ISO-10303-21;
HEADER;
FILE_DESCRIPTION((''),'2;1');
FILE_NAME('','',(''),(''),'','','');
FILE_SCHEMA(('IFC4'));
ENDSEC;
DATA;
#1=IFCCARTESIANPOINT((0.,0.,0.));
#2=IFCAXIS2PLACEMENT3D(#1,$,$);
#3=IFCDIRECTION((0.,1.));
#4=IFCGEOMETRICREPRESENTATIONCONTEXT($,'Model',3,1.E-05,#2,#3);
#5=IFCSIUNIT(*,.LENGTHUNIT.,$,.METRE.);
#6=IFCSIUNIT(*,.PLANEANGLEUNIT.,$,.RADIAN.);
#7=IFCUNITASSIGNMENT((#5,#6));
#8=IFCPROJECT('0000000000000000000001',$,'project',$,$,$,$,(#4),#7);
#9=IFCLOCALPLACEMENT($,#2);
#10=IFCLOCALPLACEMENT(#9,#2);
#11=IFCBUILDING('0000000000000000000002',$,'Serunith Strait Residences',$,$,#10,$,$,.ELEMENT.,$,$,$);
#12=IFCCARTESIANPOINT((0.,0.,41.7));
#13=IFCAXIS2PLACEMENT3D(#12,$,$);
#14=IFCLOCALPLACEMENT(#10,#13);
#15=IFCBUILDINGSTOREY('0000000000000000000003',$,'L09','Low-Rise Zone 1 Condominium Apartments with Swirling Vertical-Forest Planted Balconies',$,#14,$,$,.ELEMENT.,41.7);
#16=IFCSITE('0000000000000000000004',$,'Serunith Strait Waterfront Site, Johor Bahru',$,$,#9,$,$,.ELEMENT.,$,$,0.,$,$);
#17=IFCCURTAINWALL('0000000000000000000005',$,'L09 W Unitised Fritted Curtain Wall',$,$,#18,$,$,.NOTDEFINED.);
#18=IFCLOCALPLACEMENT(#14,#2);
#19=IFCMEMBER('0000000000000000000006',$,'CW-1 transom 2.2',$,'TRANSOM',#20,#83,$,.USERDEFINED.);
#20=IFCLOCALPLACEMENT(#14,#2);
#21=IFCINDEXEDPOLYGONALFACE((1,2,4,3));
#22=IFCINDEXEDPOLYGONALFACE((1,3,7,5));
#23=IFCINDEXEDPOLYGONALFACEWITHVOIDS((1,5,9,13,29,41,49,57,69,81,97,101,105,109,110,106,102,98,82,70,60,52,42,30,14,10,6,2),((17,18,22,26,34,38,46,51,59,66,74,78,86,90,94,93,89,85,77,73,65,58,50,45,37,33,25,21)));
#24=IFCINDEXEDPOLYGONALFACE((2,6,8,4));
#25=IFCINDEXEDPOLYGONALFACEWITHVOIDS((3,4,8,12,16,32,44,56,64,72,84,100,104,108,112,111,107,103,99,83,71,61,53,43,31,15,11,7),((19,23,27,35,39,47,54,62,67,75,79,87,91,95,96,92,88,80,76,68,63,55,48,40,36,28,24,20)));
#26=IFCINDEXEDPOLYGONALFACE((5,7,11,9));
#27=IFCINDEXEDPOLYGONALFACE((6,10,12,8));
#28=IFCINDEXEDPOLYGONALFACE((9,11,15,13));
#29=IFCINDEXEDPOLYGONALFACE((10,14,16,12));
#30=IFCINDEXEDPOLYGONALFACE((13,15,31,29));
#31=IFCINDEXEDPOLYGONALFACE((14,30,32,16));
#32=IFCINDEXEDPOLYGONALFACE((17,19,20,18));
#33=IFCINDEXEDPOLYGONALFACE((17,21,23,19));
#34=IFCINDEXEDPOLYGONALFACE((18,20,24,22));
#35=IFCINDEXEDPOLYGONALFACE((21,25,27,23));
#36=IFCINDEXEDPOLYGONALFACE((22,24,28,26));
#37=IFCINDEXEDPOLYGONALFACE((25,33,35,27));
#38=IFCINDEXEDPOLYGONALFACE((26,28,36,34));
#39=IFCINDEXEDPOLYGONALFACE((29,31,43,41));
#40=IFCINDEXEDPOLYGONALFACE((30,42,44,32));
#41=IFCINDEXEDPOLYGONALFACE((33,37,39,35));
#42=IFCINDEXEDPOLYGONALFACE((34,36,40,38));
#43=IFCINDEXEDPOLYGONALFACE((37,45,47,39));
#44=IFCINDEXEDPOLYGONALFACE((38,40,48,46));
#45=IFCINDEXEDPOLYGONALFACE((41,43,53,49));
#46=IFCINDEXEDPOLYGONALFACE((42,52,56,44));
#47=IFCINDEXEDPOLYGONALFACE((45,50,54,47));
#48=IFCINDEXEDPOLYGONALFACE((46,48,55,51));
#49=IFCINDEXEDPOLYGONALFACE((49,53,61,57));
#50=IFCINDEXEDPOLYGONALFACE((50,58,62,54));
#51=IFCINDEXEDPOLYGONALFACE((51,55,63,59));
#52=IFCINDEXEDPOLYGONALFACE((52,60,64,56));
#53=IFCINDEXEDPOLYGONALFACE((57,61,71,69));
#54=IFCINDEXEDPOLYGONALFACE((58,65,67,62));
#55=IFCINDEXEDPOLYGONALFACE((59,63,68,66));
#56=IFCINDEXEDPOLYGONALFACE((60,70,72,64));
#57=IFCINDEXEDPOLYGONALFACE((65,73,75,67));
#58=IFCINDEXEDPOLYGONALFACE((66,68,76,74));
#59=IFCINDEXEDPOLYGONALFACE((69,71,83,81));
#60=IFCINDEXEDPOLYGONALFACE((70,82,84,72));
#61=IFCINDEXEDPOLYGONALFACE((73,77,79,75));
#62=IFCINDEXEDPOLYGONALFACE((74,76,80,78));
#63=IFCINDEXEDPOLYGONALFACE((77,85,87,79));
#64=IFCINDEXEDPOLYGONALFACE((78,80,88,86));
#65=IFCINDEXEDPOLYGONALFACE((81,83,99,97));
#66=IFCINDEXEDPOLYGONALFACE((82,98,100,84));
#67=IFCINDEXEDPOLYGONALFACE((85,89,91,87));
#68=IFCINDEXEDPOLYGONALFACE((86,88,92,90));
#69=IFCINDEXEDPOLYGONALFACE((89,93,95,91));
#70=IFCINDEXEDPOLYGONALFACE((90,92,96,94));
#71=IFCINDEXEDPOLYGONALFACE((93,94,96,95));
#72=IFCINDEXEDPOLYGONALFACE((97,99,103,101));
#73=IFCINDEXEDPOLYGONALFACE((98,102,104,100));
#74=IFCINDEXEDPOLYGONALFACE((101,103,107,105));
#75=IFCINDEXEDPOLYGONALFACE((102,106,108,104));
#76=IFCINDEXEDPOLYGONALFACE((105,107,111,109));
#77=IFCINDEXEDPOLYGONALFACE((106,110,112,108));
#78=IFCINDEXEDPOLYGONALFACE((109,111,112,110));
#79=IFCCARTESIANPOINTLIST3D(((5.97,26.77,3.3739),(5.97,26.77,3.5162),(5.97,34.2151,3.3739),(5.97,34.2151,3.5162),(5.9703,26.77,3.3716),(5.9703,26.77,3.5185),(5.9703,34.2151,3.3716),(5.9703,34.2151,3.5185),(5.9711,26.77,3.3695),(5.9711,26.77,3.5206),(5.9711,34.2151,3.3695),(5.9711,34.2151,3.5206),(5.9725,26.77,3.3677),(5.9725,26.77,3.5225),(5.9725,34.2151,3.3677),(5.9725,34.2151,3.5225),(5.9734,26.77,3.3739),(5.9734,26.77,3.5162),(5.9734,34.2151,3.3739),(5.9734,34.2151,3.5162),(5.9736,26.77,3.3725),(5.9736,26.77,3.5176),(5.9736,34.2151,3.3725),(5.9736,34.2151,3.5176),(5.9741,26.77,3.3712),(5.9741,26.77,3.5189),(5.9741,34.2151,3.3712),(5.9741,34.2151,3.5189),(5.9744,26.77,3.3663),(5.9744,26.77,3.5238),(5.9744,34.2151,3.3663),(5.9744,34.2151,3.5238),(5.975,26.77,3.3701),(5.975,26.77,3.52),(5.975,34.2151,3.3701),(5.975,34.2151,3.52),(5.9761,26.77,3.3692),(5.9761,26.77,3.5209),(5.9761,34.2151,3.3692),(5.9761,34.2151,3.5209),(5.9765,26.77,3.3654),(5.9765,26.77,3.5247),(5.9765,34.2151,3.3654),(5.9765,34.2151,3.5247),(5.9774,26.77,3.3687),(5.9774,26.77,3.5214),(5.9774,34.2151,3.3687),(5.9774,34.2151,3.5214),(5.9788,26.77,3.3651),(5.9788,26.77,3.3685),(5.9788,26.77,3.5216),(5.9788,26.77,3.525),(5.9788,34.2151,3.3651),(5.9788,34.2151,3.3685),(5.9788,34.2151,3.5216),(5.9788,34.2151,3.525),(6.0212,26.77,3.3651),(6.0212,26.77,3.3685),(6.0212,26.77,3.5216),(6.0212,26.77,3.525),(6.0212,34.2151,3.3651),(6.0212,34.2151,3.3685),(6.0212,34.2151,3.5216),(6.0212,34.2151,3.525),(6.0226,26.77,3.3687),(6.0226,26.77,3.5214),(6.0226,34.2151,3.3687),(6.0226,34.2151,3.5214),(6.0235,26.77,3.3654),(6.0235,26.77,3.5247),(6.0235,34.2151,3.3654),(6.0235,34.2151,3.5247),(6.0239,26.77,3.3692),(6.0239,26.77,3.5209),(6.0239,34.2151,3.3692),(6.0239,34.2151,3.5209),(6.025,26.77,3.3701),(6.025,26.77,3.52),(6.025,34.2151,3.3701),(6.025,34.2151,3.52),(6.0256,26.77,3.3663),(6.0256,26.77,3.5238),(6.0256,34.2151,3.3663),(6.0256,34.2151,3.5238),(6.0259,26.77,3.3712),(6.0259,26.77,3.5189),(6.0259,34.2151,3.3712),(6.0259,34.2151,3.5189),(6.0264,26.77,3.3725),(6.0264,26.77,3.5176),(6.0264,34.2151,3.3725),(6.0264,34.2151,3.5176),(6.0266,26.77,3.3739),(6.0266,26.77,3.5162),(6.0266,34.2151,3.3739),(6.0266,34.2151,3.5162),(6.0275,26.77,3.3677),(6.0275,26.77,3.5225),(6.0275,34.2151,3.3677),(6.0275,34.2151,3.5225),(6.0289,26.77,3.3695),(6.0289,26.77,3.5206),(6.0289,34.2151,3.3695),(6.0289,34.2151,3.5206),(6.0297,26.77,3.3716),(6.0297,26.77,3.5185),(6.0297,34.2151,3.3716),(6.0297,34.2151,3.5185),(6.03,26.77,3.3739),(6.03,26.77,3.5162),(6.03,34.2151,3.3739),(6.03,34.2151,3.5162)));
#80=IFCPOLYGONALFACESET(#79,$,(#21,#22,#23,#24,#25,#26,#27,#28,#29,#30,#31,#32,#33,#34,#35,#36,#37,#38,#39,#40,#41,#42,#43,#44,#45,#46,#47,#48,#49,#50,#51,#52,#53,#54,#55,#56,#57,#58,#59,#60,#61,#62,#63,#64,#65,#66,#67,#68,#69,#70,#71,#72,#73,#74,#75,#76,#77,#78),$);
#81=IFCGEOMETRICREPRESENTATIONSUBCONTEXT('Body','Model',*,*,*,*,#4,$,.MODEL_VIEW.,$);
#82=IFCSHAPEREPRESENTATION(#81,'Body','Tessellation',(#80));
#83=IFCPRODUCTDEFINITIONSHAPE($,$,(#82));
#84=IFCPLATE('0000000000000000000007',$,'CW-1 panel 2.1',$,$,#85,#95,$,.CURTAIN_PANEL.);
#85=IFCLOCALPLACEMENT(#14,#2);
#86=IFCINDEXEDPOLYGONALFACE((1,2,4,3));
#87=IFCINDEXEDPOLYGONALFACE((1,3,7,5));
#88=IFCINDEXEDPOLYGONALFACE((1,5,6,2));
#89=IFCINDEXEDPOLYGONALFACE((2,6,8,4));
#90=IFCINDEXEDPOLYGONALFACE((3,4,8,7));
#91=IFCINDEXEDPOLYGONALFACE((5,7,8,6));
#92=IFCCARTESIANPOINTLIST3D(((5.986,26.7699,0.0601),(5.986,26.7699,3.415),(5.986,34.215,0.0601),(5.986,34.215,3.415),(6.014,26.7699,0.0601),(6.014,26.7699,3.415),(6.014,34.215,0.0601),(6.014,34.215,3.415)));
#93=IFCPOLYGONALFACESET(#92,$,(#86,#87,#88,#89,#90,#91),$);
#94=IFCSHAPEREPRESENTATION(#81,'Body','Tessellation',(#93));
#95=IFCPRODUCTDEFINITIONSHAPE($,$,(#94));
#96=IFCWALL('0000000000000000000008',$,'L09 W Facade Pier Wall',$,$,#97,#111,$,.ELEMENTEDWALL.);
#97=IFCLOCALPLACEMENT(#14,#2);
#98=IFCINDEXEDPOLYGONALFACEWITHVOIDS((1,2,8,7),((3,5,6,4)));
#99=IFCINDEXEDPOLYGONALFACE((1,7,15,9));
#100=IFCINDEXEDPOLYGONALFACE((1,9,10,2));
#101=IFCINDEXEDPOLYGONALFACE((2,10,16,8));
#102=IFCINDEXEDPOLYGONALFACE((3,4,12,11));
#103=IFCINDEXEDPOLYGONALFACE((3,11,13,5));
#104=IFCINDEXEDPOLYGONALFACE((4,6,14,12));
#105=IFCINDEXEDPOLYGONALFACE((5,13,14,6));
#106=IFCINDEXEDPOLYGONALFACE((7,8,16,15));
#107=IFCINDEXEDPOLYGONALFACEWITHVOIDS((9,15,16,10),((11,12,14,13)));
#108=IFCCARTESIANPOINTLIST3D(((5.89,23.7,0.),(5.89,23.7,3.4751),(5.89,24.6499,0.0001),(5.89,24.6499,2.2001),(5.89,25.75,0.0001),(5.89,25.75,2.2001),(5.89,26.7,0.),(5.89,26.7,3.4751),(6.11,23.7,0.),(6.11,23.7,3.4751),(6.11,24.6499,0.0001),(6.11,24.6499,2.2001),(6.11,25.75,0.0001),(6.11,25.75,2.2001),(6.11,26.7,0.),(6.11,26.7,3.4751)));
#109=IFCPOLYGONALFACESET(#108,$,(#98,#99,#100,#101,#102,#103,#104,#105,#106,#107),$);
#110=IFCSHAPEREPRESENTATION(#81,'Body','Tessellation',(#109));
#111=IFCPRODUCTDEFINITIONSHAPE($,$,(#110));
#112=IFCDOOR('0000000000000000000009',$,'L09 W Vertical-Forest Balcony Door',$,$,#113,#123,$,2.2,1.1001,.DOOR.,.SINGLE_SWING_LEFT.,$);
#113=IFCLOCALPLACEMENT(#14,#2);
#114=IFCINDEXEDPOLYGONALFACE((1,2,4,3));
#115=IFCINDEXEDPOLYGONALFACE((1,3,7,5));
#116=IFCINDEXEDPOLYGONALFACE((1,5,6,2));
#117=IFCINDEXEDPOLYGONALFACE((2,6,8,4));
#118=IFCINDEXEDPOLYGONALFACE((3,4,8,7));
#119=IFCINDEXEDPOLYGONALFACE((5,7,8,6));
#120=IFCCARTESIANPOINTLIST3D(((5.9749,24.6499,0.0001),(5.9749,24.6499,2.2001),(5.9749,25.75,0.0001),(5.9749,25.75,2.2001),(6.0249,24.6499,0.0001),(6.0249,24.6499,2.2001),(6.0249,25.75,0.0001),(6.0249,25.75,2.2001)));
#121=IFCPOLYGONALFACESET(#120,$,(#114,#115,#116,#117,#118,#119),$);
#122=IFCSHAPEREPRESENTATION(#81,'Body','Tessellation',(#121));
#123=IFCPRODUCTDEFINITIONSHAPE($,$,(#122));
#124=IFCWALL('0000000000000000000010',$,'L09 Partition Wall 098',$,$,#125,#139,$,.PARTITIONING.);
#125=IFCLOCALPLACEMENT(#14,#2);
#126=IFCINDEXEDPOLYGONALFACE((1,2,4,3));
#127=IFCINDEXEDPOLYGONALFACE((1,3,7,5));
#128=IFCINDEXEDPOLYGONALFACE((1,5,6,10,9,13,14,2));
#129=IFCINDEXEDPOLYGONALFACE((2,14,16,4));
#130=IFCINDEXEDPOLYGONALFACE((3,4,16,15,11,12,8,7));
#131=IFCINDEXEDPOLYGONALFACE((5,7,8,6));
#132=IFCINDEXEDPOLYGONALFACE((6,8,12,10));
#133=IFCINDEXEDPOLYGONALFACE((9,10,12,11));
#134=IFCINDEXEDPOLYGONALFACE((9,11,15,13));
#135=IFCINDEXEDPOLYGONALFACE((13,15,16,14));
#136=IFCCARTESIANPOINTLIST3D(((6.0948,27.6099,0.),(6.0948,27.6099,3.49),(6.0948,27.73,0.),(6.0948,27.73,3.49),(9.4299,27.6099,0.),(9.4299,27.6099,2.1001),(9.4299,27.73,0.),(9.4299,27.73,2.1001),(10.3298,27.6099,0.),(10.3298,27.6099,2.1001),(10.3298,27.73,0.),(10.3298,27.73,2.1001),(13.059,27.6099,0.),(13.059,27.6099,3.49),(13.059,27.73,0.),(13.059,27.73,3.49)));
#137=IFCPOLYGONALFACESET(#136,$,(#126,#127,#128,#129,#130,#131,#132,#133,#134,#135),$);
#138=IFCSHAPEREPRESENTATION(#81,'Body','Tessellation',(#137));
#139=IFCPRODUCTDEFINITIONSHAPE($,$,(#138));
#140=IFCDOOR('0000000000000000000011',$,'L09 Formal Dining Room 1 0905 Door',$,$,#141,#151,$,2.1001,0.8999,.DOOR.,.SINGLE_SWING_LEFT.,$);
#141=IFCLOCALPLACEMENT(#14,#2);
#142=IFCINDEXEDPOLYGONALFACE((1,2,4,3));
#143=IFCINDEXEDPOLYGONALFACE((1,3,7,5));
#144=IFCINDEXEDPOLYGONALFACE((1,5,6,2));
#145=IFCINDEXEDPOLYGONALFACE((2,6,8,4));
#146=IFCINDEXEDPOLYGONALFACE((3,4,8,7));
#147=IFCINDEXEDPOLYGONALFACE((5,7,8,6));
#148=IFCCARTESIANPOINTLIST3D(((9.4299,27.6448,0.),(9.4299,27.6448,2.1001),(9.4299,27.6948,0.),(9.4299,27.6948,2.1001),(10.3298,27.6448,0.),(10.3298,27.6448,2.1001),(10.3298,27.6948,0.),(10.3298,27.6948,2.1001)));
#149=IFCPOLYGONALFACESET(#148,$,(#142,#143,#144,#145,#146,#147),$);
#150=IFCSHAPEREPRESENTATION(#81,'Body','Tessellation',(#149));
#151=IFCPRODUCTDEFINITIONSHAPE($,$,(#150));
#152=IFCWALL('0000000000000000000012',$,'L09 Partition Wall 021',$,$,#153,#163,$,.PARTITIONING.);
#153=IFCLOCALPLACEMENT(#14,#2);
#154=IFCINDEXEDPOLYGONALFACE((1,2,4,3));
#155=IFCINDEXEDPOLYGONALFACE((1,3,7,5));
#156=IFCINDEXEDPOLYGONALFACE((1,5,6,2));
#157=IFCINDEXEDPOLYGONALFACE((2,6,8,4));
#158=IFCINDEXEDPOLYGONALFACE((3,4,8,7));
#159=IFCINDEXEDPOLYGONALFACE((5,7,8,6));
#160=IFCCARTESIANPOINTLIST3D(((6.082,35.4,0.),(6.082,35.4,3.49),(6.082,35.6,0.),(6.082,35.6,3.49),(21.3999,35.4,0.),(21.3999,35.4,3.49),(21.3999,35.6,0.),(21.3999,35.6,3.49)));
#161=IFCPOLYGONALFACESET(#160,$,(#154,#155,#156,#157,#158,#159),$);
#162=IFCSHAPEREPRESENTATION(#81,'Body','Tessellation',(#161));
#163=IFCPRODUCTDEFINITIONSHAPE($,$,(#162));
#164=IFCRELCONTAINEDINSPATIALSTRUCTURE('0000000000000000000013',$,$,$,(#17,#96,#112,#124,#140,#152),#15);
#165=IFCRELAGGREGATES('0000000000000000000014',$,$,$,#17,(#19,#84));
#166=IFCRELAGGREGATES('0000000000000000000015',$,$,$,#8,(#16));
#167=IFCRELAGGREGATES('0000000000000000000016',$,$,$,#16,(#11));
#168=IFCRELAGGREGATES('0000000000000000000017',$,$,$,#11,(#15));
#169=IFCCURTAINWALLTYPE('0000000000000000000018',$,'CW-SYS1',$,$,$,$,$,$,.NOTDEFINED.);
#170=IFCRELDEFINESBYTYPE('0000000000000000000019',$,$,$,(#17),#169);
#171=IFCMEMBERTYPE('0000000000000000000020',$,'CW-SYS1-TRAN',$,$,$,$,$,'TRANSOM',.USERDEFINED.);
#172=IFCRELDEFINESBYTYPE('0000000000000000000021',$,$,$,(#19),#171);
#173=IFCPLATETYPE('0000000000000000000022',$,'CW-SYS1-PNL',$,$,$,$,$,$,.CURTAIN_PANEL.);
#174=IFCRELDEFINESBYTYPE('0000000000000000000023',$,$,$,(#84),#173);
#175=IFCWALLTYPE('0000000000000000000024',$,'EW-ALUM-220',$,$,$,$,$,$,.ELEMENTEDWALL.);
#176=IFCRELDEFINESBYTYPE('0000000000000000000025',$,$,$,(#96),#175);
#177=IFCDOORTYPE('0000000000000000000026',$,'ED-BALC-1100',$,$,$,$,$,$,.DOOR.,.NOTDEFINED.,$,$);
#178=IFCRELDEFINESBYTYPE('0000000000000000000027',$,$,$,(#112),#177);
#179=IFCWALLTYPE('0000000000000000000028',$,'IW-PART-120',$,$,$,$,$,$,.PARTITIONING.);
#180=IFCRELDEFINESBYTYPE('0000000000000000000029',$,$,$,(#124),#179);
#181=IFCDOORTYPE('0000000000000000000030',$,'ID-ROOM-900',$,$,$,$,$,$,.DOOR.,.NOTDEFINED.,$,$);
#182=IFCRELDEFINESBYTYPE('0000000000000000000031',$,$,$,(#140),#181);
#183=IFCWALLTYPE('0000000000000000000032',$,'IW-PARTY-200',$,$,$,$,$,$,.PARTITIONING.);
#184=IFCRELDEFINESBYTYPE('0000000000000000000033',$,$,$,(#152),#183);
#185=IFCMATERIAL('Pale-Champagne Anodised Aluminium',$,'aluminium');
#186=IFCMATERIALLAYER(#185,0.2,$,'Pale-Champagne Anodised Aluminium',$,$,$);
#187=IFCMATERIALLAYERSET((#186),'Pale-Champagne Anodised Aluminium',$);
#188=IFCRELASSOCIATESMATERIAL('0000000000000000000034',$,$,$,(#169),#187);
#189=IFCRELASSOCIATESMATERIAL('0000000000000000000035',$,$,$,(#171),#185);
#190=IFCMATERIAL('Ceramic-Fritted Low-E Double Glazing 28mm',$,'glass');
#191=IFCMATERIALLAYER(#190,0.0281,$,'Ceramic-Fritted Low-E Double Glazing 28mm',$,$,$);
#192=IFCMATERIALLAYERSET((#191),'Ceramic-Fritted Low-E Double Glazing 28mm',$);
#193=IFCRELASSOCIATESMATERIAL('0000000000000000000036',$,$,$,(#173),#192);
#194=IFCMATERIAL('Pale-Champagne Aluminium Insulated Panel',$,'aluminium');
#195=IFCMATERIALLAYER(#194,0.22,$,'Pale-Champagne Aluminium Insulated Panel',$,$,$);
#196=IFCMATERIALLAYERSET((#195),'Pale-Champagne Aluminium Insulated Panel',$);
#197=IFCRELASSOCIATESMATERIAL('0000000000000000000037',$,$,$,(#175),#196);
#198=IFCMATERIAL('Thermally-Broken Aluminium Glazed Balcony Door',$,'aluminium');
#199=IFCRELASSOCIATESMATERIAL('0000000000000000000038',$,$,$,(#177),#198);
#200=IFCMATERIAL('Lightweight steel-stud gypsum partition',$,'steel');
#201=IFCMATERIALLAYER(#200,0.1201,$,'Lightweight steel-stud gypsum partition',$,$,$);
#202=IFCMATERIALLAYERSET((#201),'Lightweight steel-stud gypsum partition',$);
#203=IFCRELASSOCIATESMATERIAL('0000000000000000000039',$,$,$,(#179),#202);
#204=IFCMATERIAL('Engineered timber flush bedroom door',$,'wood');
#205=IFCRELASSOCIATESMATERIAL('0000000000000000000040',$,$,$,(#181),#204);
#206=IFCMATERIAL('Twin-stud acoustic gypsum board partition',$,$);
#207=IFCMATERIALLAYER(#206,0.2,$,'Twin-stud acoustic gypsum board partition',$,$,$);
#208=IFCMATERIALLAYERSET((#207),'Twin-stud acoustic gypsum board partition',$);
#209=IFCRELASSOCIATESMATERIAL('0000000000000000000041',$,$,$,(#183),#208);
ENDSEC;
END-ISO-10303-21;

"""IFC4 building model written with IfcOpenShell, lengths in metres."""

from ifc_helpers import new_model, si_unit, direction, frame, frame_2d, origin, origin_2d, place, context, subcontext, project, spatial, rectangle, hollow_rectangle, extrude, source, transform, mapped, material, layer, layer_set, material_profile, profile_set, type_object, element, fill, aggregate, save


model = new_model("IFC4")

# Units and contexts
model_context = context("Model", 3, precision=1e-05, world=origin(), true_north=direction((0.0, 1.0)))
body_context = subcontext(model_context, "Body", "Model", "MODEL_VIEW")
ifc_project = project(units=[si_unit("LENGTHUNIT", "METRE"), si_unit("PLANEANGLEUNIT", "RADIAN")], contexts=[model_context])

# Site, building, storey
site_placement = place(None, origin())
site = spatial("IfcSite", under=ifc_project, at=site_placement, Name="Serunith Strait Waterfront Site, Johor Bahru", CompositionType="ELEMENT", RefElevation=0.0)
building_placement = place(site_placement, origin())
building = spatial("IfcBuilding", under=site, at=building_placement, Name="Serunith Strait Residences", CompositionType="ELEMENT")
storey_placement = place(building_placement, frame((0.0, 0.0, 41.7)))
storey = spatial("IfcBuildingStorey", under=building, at=storey_placement, Name="L09", Description="Low-Rise Zone 1 Condominium Apartments with Swirling Vertical-Forest Planted Balconies", CompositionType="ELEMENT", Elevation=41.7)

# Curtain wall, member, plate
ifc_material_1 = material(Name="Pale-Champagne Anodised Aluminium", Category="aluminium")
ifc_layer_1 = layer(ifc_material_1, 0.2, Name="Pale-Champagne Anodised Aluminium")
ifc_layer_set_1 = layer_set([ifc_layer_1], Name="Pale-Champagne Anodised Aluminium")
curtain_wall_type = type_object("IfcCurtainWallType", Name="CW-SYS1", PredefinedType="NOTDEFINED", material=ifc_layer_set_1)
curtain_wall_placement = place(storey_placement, origin())
curtain_wall = element("IfcCurtainWall", 1, at=curtain_wall_placement, inside=storey, type_object=curtain_wall_type, Name="L09 W Unitised Fritted Curtain Wall", PredefinedType="NOTDEFINED")
ifc_material_profile_1 = material_profile(ifc_material_1, hollow_rectangle(XDim=0.0601, YDim=0.1599, WallThickness=0.0034, InnerFilletRadius=0.0054, OuterFilletRadius=0.0088, at=origin_2d()), Name="ALU 160x60x3.5")
ifc_profile_set_1 = profile_set([ifc_material_profile_1], Name="Pale-Champagne Anodised Aluminium")
member_type_1 = type_object("IfcMemberType", Name="CW-SYS1-TRAN", ElementType="TRANSOM", PredefinedType="USERDEFINED", material=ifc_profile_set_1)
shared_shape_1 = source(origin(), body_context, "Body", "SweptSolid", [
    extrude(hollow_rectangle(XDim=0.0601, YDim=0.1599, WallThickness=0.0034, InnerFilletRadius=0.0054, OuterFilletRadius=0.0088, at=origin_2d()), origin(), (0.0, 0.0, 1.0), 7.4451),
])
member_1_placement = place(storey_placement, frame((6.0, 34.2151, 3.4451), z_axis=(0.0, -1.0, 0.0), x_axis=(1.0, 0.0, 0.0)))
member_1 = element("IfcMember", 2, at=member_1_placement, type_object=member_type_1, Name="CW-1 transom 2.2", ObjectType="TRANSOM", PredefinedType="USERDEFINED", context=body_context, shape_type="MappedRepresentation", body=[
    mapped(shared_shape_1, transform((0.0, 0.0, 0.0), scale=1.0)),
])
ifc_material_2 = material(Name="Ceramic-Fritted Low-E Double Glazing 28mm", Category="glass")
ifc_layer_2 = layer(ifc_material_2, 0.0281, Name="Ceramic-Fritted Low-E Double Glazing 28mm")
ifc_layer_set_2 = layer_set([ifc_layer_2], Name="Ceramic-Fritted Low-E Double Glazing 28mm")
plate_type = type_object("IfcPlateType", Name="CW-SYS1-PNL", PredefinedType="CURTAIN_PANEL", material=ifc_layer_set_2)
shared_shape_2 = source(origin(), body_context, "Body", "SweptSolid", [
    extrude(rectangle(XDim=7.4451, YDim=0.0281, at=origin_2d()), origin(), (0.0, 0.0, 1.0), 3.355),
])
plate_placement = place(storey_placement, frame((6.0, 30.4924, 0.0601), z_axis=(0.0, 0.0, 1.0), x_axis=(0.0, -1.0, 0.0)))
plate = element("IfcPlate", 3, at=plate_placement, type_object=plate_type, Name="CW-1 panel 2.1", PredefinedType="CURTAIN_PANEL", context=body_context, shape_type="MappedRepresentation", body=[
    mapped(shared_shape_2, transform((0.0, 0.0, 0.0), scale=1.0)),
])
aggregate(curtain_wall, [member_1, plate])

# Walls, openings, doors
ifc_material_3 = material(Name="Pale-Champagne Aluminium Insulated Panel", Category="aluminium")
ifc_layer_3 = layer(ifc_material_3, 0.22, Name="Pale-Champagne Aluminium Insulated Panel")
ifc_layer_set_3 = layer_set([ifc_layer_3], Name="Pale-Champagne Aluminium Insulated Panel")
wall_type_1 = type_object("IfcWallType", Name="EW-ALUM-220", PredefinedType="ELEMENTEDWALL", material=ifc_layer_set_3)
wall_1_placement = place(storey_placement, frame((6.0, 26.7, 0.0), z_axis=(0.0, 0.0, 1.0), x_axis=(0.0, -1.0, 0.0)))
wall_1 = element("IfcWall", 4, at=wall_1_placement, inside=storey, type_object=wall_type_1, Name="L09 W Facade Pier Wall", PredefinedType="ELEMENTEDWALL", context=body_context, shape_type="SweptSolid", body=[
    extrude(rectangle(XDim=3.0, YDim=0.22, at=frame_2d((1.5, 0.0))), origin(), (0.0, 0.0, 1.0), 3.4751),
])
opening_1_placement = place(wall_1_placement, frame((0.95, 0.0, 0.0)))
opening_1 = element("IfcOpeningElement", 5, at=opening_1_placement, cuts=wall_1, PredefinedType="OPENING", context=body_context, shape_type="SweptSolid", body=[
    extrude(rectangle(XDim=1.1001, YDim=2.2, at=frame_2d((0.55, 1.1001))), frame((0.0, 0.1201, 0.0), z_axis=(0.0, -1.0, 0.0), x_axis=(1.0, 0.0, 0.0)), (0.0, 0.0, 1.0), 0.24),
])
ifc_material_4 = material(Name="Thermally-Broken Aluminium Glazed Balcony Door", Category="aluminium")
door_type_1 = type_object("IfcDoorType", Name="ED-BALC-1100", OperationType="NOTDEFINED", PredefinedType="DOOR", material=ifc_material_4)
shared_shape_3 = source(origin(), body_context, "Body", "SweptSolid", [
    extrude(rectangle(XDim=1.1001, YDim=2.2, at=frame_2d((0.55, 1.1001))), frame((0.0, 0.0249, 0.0), z_axis=(0.0, -1.0, 0.0), x_axis=(1.0, 0.0, 0.0)), (0.0, 0.0, 1.0), 0.05),
])
door_1_placement = place(opening_1_placement, origin())
door_1 = element("IfcDoor", 6, at=door_1_placement, inside=storey, type_object=door_type_1, Name="L09 W Vertical-Forest Balcony Door", OperationType="SINGLE_SWING_LEFT", OverallHeight=2.2, OverallWidth=1.1001, PredefinedType="DOOR", context=body_context, shape_type="MappedRepresentation", body=[
    mapped(shared_shape_3, transform((0.0, 0.0, 0.0), scale=1.0)),
])
fill(opening_1, door_1)
ifc_material_5 = material(Name="Lightweight steel-stud gypsum partition", Category="steel")
ifc_layer_4 = layer(ifc_material_5, 0.1201, Name="Lightweight steel-stud gypsum partition")
ifc_layer_set_4 = layer_set([ifc_layer_4], Name="Lightweight steel-stud gypsum partition")
wall_type_2 = type_object("IfcWallType", Name="IW-PART-120", PredefinedType="PARTITIONING", material=ifc_layer_set_4)
wall_2_placement = place(storey_placement, frame((6.095, 27.6699, 0.0), z_axis=(0.0, 0.0, 1.0), x_axis=(1.0, 0.0, 0.0)))
wall_2 = element("IfcWall", 7, at=wall_2_placement, inside=storey, type_object=wall_type_2, Name="L09 Partition Wall 098", PredefinedType="PARTITIONING", context=body_context, shape_type="SweptSolid", body=[
    extrude(rectangle(XDim=6.9641, YDim=0.1201, at=frame_2d((3.4819, 0.0))), origin(), (0.0, 0.0, 1.0), 3.49),
])
opening_2_placement = place(wall_2_placement, frame((3.335, 0.0, 0.0)))
opening_2 = element("IfcOpeningElement", 8, at=opening_2_placement, cuts=wall_2, PredefinedType="OPENING", context=body_context, shape_type="SweptSolid", body=[
    extrude(rectangle(XDim=0.8999, YDim=2.1001, at=frame_2d((0.45, 1.05))), frame((0.0, 0.0701, 0.0), z_axis=(0.0, -1.0, 0.0), x_axis=(1.0, 0.0, 0.0)), (0.0, 0.0, 1.0), 0.1401),
])
ifc_material_6 = material(Name="Engineered timber flush bedroom door", Category="wood")
door_type_2 = type_object("IfcDoorType", Name="ID-ROOM-900", OperationType="NOTDEFINED", PredefinedType="DOOR", material=ifc_material_6)
shared_shape_4 = source(origin(), body_context, "Body", "SweptSolid", [
    extrude(rectangle(XDim=0.8999, YDim=2.1001, at=frame_2d((0.45, 1.05))), frame((0.0, 0.0249, 0.0), z_axis=(0.0, -1.0, 0.0), x_axis=(1.0, 0.0, 0.0)), (0.0, 0.0, 1.0), 0.05),
])
door_2_placement = place(opening_2_placement, origin())
door_2 = element("IfcDoor", 9, at=door_2_placement, inside=storey, type_object=door_type_2, Name="L09 Formal Dining Room 1 0905 Door", OperationType="SINGLE_SWING_LEFT", OverallHeight=2.1001, OverallWidth=0.8999, PredefinedType="DOOR", context=body_context, shape_type="MappedRepresentation", body=[
    mapped(shared_shape_4, transform((0.0, 0.0, 0.0), scale=1.0)),
])
fill(opening_2, door_2)

# Wall
ifc_material_7 = material(Name="Twin-stud acoustic gypsum board partition")
ifc_layer_5 = layer(ifc_material_7, 0.2, Name="Twin-stud acoustic gypsum board partition")
ifc_layer_set_5 = layer_set([ifc_layer_5], Name="Twin-stud acoustic gypsum board partition")
wall_type_3 = type_object("IfcWallType", Name="IW-PARTY-200", PredefinedType="PARTITIONING", material=ifc_layer_set_5)
wall_3_placement = place(storey_placement, frame((6.082, 35.5, 0.0), z_axis=(0.0, 0.0, 1.0), x_axis=(1.0, 0.0, 0.0)))
element("IfcWall", 10, at=wall_3_placement, inside=storey, type_object=wall_type_3, Name="L09 Partition Wall 021", PredefinedType="PARTITIONING", context=body_context, shape_type="SweptSolid", body=[
    extrude(rectangle(XDim=15.3179, YDim=0.2, at=frame_2d((7.6589, 0.0))), origin(), (0.0, 0.0, 1.0), 3.49),
])

save(model, "model.ifc")
